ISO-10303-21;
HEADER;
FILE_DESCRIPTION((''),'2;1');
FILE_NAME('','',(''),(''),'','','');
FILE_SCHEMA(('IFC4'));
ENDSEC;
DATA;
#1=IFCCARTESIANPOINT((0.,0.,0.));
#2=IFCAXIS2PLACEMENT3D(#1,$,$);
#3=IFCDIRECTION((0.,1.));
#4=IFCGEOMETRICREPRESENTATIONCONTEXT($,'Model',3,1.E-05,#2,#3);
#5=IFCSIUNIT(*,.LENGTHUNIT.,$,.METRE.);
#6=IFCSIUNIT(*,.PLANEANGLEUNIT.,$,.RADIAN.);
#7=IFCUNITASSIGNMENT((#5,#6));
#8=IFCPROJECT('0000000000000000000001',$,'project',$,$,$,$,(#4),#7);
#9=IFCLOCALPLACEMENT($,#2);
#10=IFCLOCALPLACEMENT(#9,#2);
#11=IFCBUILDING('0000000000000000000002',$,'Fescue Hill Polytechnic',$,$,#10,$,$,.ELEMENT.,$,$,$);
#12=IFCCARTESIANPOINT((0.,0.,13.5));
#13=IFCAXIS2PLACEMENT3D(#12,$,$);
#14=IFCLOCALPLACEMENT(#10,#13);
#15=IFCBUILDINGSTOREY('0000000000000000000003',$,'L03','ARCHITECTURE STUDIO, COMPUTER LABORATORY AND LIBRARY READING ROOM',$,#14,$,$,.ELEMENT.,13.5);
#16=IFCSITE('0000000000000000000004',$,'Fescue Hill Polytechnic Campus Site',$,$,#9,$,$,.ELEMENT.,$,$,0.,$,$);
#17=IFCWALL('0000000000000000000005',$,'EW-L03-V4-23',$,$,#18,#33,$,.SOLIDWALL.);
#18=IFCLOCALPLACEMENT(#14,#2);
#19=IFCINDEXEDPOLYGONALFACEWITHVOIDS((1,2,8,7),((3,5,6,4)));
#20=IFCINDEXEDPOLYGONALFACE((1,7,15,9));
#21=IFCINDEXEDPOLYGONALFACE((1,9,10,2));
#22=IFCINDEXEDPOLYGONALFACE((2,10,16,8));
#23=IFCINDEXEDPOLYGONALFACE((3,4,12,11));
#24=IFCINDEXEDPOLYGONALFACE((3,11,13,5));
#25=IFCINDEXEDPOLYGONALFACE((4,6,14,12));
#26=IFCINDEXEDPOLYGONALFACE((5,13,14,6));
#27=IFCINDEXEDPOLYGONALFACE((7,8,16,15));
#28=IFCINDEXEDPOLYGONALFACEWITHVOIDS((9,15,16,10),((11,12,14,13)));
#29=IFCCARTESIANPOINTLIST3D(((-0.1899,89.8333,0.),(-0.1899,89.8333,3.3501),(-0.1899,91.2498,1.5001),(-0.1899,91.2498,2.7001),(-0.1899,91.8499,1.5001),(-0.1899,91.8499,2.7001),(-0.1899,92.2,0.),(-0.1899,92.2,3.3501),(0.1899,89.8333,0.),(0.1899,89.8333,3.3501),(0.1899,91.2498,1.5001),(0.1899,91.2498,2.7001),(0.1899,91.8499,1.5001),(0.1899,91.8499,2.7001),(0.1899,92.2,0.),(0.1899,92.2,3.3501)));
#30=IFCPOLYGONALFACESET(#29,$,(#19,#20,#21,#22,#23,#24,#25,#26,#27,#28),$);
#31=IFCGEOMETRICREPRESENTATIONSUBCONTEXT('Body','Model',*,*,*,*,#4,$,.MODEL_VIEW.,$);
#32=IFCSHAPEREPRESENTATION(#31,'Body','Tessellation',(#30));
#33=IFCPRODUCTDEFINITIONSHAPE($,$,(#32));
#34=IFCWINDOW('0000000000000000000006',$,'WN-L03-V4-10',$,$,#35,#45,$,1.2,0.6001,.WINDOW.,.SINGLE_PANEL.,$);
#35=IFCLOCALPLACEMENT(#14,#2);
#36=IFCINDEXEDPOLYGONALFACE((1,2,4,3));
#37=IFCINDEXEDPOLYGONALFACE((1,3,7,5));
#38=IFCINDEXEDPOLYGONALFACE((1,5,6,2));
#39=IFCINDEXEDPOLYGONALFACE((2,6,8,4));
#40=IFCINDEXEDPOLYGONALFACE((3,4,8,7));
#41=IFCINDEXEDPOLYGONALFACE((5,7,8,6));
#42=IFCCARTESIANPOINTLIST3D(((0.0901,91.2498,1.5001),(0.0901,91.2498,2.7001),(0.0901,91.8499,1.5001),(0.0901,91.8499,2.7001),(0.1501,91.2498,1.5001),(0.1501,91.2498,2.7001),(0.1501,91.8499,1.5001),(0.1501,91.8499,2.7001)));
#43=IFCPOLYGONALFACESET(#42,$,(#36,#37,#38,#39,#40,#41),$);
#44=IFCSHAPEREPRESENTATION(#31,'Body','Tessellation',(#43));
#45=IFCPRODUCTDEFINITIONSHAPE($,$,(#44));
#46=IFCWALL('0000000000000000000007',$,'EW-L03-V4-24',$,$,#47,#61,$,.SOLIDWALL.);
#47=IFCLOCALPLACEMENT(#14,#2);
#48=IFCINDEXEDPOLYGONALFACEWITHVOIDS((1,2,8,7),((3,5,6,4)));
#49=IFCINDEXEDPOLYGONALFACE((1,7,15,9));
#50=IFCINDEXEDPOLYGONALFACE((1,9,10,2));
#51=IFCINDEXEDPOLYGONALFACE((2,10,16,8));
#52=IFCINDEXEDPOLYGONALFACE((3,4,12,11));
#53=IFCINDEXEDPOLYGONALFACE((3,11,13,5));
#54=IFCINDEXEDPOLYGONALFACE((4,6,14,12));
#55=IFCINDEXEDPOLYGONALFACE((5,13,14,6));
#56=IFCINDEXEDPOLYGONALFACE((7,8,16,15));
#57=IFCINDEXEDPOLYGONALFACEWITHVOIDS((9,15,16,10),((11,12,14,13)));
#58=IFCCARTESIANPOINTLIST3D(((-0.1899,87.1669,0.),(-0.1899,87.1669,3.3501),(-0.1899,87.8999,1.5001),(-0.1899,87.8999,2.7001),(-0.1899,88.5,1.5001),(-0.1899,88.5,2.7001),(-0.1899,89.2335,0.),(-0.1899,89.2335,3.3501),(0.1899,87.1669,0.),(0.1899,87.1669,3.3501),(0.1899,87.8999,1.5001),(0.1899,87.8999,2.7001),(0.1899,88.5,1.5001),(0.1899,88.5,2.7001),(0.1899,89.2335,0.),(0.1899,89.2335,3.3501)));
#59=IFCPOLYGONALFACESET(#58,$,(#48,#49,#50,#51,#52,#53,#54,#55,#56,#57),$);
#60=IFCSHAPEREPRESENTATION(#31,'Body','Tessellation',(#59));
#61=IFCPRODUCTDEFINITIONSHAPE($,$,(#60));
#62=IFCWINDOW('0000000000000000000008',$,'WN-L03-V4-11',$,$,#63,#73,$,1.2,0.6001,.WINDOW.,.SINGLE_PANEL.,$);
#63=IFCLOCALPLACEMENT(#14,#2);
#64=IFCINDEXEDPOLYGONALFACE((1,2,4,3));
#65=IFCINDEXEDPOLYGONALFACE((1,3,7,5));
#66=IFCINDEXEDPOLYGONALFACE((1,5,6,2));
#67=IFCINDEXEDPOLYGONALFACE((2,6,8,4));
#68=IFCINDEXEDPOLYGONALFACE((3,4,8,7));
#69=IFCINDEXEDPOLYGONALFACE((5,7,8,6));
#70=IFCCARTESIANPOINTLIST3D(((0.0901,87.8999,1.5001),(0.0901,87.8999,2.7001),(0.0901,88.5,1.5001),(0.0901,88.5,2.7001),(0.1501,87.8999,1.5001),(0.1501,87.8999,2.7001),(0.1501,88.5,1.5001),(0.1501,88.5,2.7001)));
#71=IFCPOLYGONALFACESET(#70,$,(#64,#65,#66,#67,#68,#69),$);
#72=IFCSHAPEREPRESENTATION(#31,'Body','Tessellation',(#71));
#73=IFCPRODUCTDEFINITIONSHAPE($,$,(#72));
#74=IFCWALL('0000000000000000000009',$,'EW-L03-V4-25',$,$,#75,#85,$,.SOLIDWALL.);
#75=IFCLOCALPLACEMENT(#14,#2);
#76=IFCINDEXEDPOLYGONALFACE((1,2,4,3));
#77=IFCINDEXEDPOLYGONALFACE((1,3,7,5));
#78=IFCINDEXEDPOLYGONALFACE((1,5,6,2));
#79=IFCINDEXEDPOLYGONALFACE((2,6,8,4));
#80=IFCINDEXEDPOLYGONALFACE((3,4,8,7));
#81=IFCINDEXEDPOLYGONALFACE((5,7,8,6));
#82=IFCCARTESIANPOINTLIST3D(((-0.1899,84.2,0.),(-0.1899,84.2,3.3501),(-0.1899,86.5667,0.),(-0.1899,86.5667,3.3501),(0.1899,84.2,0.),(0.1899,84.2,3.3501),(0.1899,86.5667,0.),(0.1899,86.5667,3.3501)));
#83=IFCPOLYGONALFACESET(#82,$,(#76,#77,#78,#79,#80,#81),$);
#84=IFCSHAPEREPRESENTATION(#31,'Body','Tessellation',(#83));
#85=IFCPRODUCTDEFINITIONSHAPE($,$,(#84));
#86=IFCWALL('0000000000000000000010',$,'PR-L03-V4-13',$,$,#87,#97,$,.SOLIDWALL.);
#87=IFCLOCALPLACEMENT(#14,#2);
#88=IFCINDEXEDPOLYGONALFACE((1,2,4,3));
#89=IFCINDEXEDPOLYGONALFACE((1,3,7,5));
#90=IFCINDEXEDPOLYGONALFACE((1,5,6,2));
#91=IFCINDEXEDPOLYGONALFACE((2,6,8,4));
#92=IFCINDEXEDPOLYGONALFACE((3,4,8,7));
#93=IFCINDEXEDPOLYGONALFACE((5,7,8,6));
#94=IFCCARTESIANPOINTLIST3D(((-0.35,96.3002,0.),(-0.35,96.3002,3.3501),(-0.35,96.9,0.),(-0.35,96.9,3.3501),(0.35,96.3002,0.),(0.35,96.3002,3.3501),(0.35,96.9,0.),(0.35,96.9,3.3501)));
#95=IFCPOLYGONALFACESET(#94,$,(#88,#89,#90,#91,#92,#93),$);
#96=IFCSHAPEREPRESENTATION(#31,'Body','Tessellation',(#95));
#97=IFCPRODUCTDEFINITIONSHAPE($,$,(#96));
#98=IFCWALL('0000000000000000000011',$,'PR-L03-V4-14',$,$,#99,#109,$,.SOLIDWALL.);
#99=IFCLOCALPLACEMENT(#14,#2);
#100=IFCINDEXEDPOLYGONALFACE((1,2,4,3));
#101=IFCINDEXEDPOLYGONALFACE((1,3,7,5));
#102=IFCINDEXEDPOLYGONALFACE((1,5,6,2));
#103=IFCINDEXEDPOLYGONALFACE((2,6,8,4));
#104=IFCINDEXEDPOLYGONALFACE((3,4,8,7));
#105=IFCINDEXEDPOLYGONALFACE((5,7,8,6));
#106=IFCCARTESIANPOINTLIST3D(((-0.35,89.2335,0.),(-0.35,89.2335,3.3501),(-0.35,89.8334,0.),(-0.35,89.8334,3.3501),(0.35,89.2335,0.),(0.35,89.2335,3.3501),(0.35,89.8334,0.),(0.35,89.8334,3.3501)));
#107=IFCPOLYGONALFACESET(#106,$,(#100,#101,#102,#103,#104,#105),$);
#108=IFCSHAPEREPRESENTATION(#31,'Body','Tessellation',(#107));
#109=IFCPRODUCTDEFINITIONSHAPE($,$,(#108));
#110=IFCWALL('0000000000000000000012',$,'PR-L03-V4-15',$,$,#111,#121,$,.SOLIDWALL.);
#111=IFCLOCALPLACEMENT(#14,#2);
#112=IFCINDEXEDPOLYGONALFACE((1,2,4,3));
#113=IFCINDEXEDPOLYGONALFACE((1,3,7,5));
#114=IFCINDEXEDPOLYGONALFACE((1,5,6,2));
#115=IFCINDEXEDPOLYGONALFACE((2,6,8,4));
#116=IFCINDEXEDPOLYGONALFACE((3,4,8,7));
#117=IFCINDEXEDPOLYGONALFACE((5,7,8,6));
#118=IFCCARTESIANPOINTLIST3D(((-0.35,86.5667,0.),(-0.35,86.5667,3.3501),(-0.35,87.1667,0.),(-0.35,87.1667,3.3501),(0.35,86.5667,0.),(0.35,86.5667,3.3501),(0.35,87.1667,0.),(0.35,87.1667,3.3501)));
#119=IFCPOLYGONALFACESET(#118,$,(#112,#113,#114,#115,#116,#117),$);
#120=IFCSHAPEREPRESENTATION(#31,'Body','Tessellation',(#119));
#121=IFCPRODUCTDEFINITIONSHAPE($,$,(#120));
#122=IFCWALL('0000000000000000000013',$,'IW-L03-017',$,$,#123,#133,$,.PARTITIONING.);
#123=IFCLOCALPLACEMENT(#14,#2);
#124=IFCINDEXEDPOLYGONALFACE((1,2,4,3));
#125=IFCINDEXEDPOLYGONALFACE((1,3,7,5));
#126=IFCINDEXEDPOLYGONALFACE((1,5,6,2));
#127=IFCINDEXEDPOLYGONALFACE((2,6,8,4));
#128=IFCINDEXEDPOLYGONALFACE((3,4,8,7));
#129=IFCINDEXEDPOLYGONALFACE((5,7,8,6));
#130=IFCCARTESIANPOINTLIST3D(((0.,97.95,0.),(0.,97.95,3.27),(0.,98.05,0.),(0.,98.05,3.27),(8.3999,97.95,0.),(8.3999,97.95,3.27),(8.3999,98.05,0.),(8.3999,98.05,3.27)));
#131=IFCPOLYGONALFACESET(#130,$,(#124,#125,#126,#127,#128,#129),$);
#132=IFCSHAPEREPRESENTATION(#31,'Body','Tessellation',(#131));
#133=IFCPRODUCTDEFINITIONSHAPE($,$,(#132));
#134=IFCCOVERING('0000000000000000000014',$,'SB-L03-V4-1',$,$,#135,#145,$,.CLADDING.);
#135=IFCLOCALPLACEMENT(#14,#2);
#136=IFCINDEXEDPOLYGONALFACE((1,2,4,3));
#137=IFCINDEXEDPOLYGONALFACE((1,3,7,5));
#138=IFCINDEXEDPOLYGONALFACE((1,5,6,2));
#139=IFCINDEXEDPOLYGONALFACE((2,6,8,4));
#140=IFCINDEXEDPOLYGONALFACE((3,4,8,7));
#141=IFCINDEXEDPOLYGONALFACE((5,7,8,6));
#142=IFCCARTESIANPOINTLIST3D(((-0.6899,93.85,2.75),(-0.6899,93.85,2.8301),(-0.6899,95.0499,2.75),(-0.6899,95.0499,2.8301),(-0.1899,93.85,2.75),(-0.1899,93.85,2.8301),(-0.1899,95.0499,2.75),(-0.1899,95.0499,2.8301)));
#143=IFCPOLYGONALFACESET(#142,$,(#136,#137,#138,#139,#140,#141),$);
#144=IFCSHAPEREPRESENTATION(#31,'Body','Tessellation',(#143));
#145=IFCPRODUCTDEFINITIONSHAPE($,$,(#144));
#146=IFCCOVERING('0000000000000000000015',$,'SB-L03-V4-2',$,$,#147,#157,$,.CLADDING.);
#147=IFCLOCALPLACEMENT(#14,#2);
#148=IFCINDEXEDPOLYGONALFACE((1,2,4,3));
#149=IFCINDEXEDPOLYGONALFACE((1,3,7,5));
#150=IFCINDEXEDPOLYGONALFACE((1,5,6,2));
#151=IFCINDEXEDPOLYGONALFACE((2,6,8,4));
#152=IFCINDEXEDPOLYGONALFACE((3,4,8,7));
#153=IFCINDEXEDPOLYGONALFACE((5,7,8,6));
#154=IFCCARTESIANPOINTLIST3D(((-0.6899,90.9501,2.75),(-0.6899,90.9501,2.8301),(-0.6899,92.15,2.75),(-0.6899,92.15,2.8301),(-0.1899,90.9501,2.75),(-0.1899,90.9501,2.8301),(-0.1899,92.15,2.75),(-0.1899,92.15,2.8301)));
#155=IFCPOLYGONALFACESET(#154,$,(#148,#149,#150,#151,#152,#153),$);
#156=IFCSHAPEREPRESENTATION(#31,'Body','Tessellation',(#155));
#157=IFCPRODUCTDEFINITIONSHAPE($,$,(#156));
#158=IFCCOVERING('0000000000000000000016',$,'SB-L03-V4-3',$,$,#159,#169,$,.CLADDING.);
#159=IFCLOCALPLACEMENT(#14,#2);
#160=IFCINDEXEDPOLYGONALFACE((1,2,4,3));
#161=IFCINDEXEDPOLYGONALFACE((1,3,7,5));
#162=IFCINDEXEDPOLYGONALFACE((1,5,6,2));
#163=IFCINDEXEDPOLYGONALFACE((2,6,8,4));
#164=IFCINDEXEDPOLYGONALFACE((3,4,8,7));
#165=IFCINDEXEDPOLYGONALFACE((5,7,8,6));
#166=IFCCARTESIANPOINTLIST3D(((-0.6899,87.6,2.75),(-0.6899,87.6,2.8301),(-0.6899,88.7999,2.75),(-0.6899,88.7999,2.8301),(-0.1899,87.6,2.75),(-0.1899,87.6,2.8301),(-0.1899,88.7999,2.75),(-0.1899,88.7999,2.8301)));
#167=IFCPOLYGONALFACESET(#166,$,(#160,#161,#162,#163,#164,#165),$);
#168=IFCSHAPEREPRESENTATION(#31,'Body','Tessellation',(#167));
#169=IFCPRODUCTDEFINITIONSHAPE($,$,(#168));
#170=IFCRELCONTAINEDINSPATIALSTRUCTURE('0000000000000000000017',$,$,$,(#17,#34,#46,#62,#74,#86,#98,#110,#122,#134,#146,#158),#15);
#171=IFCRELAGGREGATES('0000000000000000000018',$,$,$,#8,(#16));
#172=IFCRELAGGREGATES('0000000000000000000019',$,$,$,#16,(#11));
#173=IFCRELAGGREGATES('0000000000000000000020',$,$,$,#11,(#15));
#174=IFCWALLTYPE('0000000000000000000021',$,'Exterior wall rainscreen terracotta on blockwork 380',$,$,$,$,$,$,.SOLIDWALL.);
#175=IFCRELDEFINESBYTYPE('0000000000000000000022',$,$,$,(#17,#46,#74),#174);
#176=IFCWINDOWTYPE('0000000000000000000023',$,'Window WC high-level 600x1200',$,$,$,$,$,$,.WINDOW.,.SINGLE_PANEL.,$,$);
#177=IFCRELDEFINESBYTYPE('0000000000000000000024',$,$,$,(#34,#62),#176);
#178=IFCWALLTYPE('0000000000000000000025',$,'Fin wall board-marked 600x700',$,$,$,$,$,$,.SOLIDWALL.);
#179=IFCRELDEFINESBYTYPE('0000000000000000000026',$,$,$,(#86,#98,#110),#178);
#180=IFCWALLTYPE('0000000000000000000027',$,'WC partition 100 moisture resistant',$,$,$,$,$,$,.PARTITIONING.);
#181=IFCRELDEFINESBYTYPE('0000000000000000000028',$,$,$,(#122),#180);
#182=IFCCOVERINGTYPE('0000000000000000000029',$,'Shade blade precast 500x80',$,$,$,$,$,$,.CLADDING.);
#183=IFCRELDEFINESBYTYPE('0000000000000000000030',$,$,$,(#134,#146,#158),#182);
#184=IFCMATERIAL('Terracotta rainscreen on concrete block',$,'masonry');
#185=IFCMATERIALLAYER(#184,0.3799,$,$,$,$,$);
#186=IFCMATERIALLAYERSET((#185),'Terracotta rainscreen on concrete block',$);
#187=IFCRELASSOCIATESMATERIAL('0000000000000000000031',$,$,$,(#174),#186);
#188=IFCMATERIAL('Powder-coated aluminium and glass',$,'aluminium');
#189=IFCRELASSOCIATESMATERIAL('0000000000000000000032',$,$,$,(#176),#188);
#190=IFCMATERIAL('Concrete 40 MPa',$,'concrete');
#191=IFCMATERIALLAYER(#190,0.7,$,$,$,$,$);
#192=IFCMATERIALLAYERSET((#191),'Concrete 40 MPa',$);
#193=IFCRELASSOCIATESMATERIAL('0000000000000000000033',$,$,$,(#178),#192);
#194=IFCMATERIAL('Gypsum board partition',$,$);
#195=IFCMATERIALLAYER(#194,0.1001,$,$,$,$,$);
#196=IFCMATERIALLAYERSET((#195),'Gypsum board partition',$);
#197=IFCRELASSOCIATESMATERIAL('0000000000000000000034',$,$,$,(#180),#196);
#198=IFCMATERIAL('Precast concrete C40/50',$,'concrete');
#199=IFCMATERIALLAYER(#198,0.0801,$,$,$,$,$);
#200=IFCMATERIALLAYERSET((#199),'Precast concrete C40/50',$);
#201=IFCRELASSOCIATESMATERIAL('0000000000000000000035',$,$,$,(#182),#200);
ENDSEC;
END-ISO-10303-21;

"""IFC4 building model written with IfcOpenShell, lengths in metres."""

from ifc_helpers import new_model, si_unit, direction, frame, frame_2d, origin, origin_2d, place, context, subcontext, project, spatial, rectangle, extrude, material, layer, layer_set, type_object, element, fill, save


model = new_model("IFC4")

# Units and contexts
model_context = context("Model", 3, precision=1e-05, world=origin(), true_north=direction((0.0, 1.0)))
body_context = subcontext(model_context, "Body", "Model", "MODEL_VIEW")
ifc_project = project(units=[si_unit("LENGTHUNIT", "METRE"), si_unit("PLANEANGLEUNIT", "RADIAN")], contexts=[model_context])

# Site, building, storey
site_placement = place(None, origin())
site = spatial("IfcSite", under=ifc_project, at=site_placement, Name="Fescue Hill Polytechnic Campus Site", CompositionType="ELEMENT", RefElevation=0.0)
building_placement = place(site_placement, origin())
building = spatial("IfcBuilding", under=site, at=building_placement, Name="Fescue Hill Polytechnic", CompositionType="ELEMENT")
storey_placement = place(building_placement, frame((0.0, 0.0, 13.5)))
storey = spatial("IfcBuildingStorey", under=building, at=storey_placement, Name="L03", Description="ARCHITECTURE STUDIO, COMPUTER LABORATORY AND LIBRARY READING ROOM", CompositionType="ELEMENT", Elevation=13.5)

# Shared definitions
ifc_material_1 = material(Name="Concrete 40 MPa", Category="concrete")

# Walls, openings, windows
ifc_material_2 = material(Name="Terracotta rainscreen on concrete block", Category="masonry")
ifc_layer_1 = layer(ifc_material_2, 0.3799)
ifc_layer_set_1 = layer_set([ifc_layer_1], Name="Terracotta rainscreen on concrete block")
wall_type_1 = type_object("IfcWallType", Name="Exterior wall rainscreen terracotta on blockwork 380", PredefinedType="SOLIDWALL", material=ifc_layer_set_1)
ifc_material_3 = material(Name="Powder-coated aluminium and glass", Category="aluminium")
window_type = type_object("IfcWindowType", Name="Window WC high-level 600x1200", PartitioningType="SINGLE_PANEL", PredefinedType="WINDOW", material=ifc_material_3)
wall_1_placement = place(storey_placement, frame((0.0, 92.2, 0.0), z_axis=(0.0, 0.0, 1.0), x_axis=(0.0, -1.0, 0.0)))
wall_1 = element("IfcWall", 1, at=wall_1_placement, inside=storey, type_object=wall_type_1, Name="EW-L03-V4-23", PredefinedType="SOLIDWALL", context=body_context, shape_type="SweptSolid", body=[
    extrude(rectangle(XDim=2.3667, YDim=0.3799, at=frame_2d((1.1833, 0.0))), origin(), (0.0, 0.0, 1.0), 3.3501),
])
opening_1_placement = place(wall_1_placement, frame((0.3501, 0.0, 1.5)))
opening_1 = element("IfcOpeningElement", 2, at=opening_1_placement, cuts=wall_1, PredefinedType="OPENING", context=body_context, shape_type="SweptSolid", body=[
    extrude(rectangle(XDim=0.6001, YDim=1.2, at=frame_2d((0.3, 0.6001))), frame((0.0, 0.2, 0.0), z_axis=(0.0, -1.0, 0.0), x_axis=(1.0, 0.0, 0.0)), (0.0, 0.0, 1.0), 0.3999),
])
window_1_placement = place(opening_1_placement, origin())
window_1 = element("IfcWindow", 3, at=window_1_placement, inside=storey, type_object=window_type, Name="WN-L03-V4-10", OverallHeight=1.2, OverallWidth=0.6001, PartitioningType="SINGLE_PANEL", PredefinedType="WINDOW", context=body_context, shape_type="SweptSolid", body=[
    extrude(rectangle(XDim=0.6001, YDim=1.2, at=frame_2d((0.3, 0.6001))), frame((0.0, 0.1501, 0.0), z_axis=(0.0, -1.0, 0.0), x_axis=(1.0, 0.0, 0.0)), (0.0, 0.0, 1.0), 0.0601),
])
fill(opening_1, window_1)
wall_2_placement = place(storey_placement, frame((0.0, 89.2334, 0.0), z_axis=(0.0, 0.0, 1.0), x_axis=(0.0, -1.0, 0.0)))
wall_2 = element("IfcWall", 4, at=wall_2_placement, inside=storey, type_object=wall_type_1, Name="EW-L03-V4-24", PredefinedType="SOLIDWALL", context=body_context, shape_type="SweptSolid", body=[
    extrude(rectangle(XDim=2.0667, YDim=0.3799, at=frame_2d((1.0332, 0.0))), origin(), (0.0, 0.0, 1.0), 3.3501),
])
opening_2_placement = place(wall_2_placement, frame((0.7334, 0.0, 1.5)))
opening_2 = element("IfcOpeningElement", 5, at=opening_2_placement, cuts=wall_2, PredefinedType="OPENING", context=body_context, shape_type="SweptSolid", body=[
    extrude(rectangle(XDim=0.6001, YDim=1.2, at=frame_2d((0.3, 0.6001))), frame((0.0, 0.2, 0.0), z_axis=(0.0, -1.0, 0.0), x_axis=(1.0, 0.0, 0.0)), (0.0, 0.0, 1.0), 0.3999),
])
window_2_placement = place(opening_2_placement, origin())
window_2 = element("IfcWindow", 6, at=window_2_placement, inside=storey, type_object=window_type, Name="WN-L03-V4-11", OverallHeight=1.2, OverallWidth=0.6001, PartitioningType="SINGLE_PANEL", PredefinedType="WINDOW", context=body_context, shape_type="SweptSolid", body=[
    extrude(rectangle(XDim=0.6001, YDim=1.2, at=frame_2d((0.3, 0.6001))), frame((0.0, 0.1501, 0.0), z_axis=(0.0, -1.0, 0.0), x_axis=(1.0, 0.0, 0.0)), (0.0, 0.0, 1.0), 0.0601),
])
fill(opening_2, window_2)

# Walls
wall_3_placement = place(storey_placement, frame((0.0, 86.5667, 0.0), z_axis=(0.0, 0.0, 1.0), x_axis=(0.0, -1.0, 0.0)))
element("IfcWall", 7, at=wall_3_placement, inside=storey, type_object=wall_type_1, Name="EW-L03-V4-25", PredefinedType="SOLIDWALL", context=body_context, shape_type="SweptSolid", body=[
    extrude(rectangle(XDim=2.3667, YDim=0.3799, at=frame_2d((1.1833, 0.0))), origin(), (0.0, 0.0, 1.0), 3.3501),
])
ifc_layer_2 = layer(ifc_material_1, 0.7)
ifc_layer_set_2 = layer_set([ifc_layer_2], Name="Concrete 40 MPa")
wall_type_2 = type_object("IfcWallType", Name="Fin wall board-marked 600x700", PredefinedType="SOLIDWALL", material=ifc_layer_set_2)
for number, where, z_axis, x_axis, name in (
    (8, (0.0, 96.8999, 0.0), (0.0, 0.0, 1.0), (0.0, -1.0, 0.0), "PR-L03-V4-13"),
    (9, (0.0, 89.8333, 0.0), (0.0, 0.0, 1.0), (0.0, -1.0, 0.0), "PR-L03-V4-14"),
):
    element("IfcWall", number, at=place(storey_placement, frame(where, z_axis=z_axis, x_axis=x_axis)), inside=storey, type_object=wall_type_2, Name=name, PredefinedType="SOLIDWALL", context=body_context, shape_type="SweptSolid", body=[
        extrude(rectangle(XDim=0.5999, YDim=0.7, at=frame_2d((0.2998, 0.0))), origin(), (0.0, 0.0, 1.0), 3.3501),
    ])
wall_4_placement = place(storey_placement, frame((0.0, 87.1667, 0.0), z_axis=(0.0, 0.0, 1.0), x_axis=(0.0, -1.0, 0.0)))
element("IfcWall", 10, at=wall_4_placement, inside=storey, type_object=wall_type_2, Name="PR-L03-V4-15", PredefinedType="SOLIDWALL", context=body_context, shape_type="SweptSolid", body=[
    extrude(rectangle(XDim=0.6001, YDim=0.7, at=frame_2d((0.3, 0.0))), origin(), (0.0, 0.0, 1.0), 3.3501),
])
ifc_material_4 = material(Name="Gypsum board partition")
ifc_layer_3 = layer(ifc_material_4, 0.1001)
ifc_layer_set_3 = layer_set([ifc_layer_3], Name="Gypsum board partition")
wall_type_3 = type_object("IfcWallType", Name="WC partition 100 moisture resistant", PredefinedType="PARTITIONING", material=ifc_layer_set_3)
wall_5_placement = place(storey_placement, frame((0.0, 98.0, 0.0), z_axis=(0.0, 0.0, 1.0), x_axis=(1.0, 0.0, 0.0)))
element("IfcWall", 11, at=wall_5_placement, inside=storey, type_object=wall_type_3, Name="IW-L03-017", PredefinedType="PARTITIONING", context=body_context, shape_type="SweptSolid", body=[
    extrude(rectangle(XDim=8.3999, YDim=0.1001, at=frame_2d((4.2, 0.0))), origin(), (0.0, 0.0, 1.0), 3.27),
])

# Coverings
ifc_material_5 = material(Name="Precast concrete C40/50", Category="concrete")
ifc_layer_4 = layer(ifc_material_5, 0.0801)
ifc_layer_set_4 = layer_set([ifc_layer_4], Name="Precast concrete C40/50")
covering_type = type_object("IfcCoveringType", Name="Shade blade precast 500x80", PredefinedType="CLADDING", material=ifc_layer_set_4)
for number, where, z_axis, x_axis, name in (
    (12, (-0.4399, 94.45, 2.75), (0.0, 0.0, 1.0), (0.0, -1.0, 0.0), "SB-L03-V4-1"),
    (13, (-0.4399, 91.55, 2.75), (0.0, 0.0, 1.0), (0.0, -1.0, 0.0), "SB-L03-V4-2"),
    (14, (-0.4399, 88.2, 2.75), (0.0, 0.0, 1.0), (0.0, -1.0, 0.0), "SB-L03-V4-3"),
):
    element("IfcCovering", number, at=place(storey_placement, frame(where, z_axis=z_axis, x_axis=x_axis)), inside=storey, type_object=covering_type, Name=name, PredefinedType="CLADDING", context=body_context, shape_type="SweptSolid", body=[
        extrude(rectangle(XDim=1.2, YDim=0.5, at=origin_2d()), origin(), (0.0, 0.0, 1.0), 0.0801),
    ])

save(model, "model.ifc")
